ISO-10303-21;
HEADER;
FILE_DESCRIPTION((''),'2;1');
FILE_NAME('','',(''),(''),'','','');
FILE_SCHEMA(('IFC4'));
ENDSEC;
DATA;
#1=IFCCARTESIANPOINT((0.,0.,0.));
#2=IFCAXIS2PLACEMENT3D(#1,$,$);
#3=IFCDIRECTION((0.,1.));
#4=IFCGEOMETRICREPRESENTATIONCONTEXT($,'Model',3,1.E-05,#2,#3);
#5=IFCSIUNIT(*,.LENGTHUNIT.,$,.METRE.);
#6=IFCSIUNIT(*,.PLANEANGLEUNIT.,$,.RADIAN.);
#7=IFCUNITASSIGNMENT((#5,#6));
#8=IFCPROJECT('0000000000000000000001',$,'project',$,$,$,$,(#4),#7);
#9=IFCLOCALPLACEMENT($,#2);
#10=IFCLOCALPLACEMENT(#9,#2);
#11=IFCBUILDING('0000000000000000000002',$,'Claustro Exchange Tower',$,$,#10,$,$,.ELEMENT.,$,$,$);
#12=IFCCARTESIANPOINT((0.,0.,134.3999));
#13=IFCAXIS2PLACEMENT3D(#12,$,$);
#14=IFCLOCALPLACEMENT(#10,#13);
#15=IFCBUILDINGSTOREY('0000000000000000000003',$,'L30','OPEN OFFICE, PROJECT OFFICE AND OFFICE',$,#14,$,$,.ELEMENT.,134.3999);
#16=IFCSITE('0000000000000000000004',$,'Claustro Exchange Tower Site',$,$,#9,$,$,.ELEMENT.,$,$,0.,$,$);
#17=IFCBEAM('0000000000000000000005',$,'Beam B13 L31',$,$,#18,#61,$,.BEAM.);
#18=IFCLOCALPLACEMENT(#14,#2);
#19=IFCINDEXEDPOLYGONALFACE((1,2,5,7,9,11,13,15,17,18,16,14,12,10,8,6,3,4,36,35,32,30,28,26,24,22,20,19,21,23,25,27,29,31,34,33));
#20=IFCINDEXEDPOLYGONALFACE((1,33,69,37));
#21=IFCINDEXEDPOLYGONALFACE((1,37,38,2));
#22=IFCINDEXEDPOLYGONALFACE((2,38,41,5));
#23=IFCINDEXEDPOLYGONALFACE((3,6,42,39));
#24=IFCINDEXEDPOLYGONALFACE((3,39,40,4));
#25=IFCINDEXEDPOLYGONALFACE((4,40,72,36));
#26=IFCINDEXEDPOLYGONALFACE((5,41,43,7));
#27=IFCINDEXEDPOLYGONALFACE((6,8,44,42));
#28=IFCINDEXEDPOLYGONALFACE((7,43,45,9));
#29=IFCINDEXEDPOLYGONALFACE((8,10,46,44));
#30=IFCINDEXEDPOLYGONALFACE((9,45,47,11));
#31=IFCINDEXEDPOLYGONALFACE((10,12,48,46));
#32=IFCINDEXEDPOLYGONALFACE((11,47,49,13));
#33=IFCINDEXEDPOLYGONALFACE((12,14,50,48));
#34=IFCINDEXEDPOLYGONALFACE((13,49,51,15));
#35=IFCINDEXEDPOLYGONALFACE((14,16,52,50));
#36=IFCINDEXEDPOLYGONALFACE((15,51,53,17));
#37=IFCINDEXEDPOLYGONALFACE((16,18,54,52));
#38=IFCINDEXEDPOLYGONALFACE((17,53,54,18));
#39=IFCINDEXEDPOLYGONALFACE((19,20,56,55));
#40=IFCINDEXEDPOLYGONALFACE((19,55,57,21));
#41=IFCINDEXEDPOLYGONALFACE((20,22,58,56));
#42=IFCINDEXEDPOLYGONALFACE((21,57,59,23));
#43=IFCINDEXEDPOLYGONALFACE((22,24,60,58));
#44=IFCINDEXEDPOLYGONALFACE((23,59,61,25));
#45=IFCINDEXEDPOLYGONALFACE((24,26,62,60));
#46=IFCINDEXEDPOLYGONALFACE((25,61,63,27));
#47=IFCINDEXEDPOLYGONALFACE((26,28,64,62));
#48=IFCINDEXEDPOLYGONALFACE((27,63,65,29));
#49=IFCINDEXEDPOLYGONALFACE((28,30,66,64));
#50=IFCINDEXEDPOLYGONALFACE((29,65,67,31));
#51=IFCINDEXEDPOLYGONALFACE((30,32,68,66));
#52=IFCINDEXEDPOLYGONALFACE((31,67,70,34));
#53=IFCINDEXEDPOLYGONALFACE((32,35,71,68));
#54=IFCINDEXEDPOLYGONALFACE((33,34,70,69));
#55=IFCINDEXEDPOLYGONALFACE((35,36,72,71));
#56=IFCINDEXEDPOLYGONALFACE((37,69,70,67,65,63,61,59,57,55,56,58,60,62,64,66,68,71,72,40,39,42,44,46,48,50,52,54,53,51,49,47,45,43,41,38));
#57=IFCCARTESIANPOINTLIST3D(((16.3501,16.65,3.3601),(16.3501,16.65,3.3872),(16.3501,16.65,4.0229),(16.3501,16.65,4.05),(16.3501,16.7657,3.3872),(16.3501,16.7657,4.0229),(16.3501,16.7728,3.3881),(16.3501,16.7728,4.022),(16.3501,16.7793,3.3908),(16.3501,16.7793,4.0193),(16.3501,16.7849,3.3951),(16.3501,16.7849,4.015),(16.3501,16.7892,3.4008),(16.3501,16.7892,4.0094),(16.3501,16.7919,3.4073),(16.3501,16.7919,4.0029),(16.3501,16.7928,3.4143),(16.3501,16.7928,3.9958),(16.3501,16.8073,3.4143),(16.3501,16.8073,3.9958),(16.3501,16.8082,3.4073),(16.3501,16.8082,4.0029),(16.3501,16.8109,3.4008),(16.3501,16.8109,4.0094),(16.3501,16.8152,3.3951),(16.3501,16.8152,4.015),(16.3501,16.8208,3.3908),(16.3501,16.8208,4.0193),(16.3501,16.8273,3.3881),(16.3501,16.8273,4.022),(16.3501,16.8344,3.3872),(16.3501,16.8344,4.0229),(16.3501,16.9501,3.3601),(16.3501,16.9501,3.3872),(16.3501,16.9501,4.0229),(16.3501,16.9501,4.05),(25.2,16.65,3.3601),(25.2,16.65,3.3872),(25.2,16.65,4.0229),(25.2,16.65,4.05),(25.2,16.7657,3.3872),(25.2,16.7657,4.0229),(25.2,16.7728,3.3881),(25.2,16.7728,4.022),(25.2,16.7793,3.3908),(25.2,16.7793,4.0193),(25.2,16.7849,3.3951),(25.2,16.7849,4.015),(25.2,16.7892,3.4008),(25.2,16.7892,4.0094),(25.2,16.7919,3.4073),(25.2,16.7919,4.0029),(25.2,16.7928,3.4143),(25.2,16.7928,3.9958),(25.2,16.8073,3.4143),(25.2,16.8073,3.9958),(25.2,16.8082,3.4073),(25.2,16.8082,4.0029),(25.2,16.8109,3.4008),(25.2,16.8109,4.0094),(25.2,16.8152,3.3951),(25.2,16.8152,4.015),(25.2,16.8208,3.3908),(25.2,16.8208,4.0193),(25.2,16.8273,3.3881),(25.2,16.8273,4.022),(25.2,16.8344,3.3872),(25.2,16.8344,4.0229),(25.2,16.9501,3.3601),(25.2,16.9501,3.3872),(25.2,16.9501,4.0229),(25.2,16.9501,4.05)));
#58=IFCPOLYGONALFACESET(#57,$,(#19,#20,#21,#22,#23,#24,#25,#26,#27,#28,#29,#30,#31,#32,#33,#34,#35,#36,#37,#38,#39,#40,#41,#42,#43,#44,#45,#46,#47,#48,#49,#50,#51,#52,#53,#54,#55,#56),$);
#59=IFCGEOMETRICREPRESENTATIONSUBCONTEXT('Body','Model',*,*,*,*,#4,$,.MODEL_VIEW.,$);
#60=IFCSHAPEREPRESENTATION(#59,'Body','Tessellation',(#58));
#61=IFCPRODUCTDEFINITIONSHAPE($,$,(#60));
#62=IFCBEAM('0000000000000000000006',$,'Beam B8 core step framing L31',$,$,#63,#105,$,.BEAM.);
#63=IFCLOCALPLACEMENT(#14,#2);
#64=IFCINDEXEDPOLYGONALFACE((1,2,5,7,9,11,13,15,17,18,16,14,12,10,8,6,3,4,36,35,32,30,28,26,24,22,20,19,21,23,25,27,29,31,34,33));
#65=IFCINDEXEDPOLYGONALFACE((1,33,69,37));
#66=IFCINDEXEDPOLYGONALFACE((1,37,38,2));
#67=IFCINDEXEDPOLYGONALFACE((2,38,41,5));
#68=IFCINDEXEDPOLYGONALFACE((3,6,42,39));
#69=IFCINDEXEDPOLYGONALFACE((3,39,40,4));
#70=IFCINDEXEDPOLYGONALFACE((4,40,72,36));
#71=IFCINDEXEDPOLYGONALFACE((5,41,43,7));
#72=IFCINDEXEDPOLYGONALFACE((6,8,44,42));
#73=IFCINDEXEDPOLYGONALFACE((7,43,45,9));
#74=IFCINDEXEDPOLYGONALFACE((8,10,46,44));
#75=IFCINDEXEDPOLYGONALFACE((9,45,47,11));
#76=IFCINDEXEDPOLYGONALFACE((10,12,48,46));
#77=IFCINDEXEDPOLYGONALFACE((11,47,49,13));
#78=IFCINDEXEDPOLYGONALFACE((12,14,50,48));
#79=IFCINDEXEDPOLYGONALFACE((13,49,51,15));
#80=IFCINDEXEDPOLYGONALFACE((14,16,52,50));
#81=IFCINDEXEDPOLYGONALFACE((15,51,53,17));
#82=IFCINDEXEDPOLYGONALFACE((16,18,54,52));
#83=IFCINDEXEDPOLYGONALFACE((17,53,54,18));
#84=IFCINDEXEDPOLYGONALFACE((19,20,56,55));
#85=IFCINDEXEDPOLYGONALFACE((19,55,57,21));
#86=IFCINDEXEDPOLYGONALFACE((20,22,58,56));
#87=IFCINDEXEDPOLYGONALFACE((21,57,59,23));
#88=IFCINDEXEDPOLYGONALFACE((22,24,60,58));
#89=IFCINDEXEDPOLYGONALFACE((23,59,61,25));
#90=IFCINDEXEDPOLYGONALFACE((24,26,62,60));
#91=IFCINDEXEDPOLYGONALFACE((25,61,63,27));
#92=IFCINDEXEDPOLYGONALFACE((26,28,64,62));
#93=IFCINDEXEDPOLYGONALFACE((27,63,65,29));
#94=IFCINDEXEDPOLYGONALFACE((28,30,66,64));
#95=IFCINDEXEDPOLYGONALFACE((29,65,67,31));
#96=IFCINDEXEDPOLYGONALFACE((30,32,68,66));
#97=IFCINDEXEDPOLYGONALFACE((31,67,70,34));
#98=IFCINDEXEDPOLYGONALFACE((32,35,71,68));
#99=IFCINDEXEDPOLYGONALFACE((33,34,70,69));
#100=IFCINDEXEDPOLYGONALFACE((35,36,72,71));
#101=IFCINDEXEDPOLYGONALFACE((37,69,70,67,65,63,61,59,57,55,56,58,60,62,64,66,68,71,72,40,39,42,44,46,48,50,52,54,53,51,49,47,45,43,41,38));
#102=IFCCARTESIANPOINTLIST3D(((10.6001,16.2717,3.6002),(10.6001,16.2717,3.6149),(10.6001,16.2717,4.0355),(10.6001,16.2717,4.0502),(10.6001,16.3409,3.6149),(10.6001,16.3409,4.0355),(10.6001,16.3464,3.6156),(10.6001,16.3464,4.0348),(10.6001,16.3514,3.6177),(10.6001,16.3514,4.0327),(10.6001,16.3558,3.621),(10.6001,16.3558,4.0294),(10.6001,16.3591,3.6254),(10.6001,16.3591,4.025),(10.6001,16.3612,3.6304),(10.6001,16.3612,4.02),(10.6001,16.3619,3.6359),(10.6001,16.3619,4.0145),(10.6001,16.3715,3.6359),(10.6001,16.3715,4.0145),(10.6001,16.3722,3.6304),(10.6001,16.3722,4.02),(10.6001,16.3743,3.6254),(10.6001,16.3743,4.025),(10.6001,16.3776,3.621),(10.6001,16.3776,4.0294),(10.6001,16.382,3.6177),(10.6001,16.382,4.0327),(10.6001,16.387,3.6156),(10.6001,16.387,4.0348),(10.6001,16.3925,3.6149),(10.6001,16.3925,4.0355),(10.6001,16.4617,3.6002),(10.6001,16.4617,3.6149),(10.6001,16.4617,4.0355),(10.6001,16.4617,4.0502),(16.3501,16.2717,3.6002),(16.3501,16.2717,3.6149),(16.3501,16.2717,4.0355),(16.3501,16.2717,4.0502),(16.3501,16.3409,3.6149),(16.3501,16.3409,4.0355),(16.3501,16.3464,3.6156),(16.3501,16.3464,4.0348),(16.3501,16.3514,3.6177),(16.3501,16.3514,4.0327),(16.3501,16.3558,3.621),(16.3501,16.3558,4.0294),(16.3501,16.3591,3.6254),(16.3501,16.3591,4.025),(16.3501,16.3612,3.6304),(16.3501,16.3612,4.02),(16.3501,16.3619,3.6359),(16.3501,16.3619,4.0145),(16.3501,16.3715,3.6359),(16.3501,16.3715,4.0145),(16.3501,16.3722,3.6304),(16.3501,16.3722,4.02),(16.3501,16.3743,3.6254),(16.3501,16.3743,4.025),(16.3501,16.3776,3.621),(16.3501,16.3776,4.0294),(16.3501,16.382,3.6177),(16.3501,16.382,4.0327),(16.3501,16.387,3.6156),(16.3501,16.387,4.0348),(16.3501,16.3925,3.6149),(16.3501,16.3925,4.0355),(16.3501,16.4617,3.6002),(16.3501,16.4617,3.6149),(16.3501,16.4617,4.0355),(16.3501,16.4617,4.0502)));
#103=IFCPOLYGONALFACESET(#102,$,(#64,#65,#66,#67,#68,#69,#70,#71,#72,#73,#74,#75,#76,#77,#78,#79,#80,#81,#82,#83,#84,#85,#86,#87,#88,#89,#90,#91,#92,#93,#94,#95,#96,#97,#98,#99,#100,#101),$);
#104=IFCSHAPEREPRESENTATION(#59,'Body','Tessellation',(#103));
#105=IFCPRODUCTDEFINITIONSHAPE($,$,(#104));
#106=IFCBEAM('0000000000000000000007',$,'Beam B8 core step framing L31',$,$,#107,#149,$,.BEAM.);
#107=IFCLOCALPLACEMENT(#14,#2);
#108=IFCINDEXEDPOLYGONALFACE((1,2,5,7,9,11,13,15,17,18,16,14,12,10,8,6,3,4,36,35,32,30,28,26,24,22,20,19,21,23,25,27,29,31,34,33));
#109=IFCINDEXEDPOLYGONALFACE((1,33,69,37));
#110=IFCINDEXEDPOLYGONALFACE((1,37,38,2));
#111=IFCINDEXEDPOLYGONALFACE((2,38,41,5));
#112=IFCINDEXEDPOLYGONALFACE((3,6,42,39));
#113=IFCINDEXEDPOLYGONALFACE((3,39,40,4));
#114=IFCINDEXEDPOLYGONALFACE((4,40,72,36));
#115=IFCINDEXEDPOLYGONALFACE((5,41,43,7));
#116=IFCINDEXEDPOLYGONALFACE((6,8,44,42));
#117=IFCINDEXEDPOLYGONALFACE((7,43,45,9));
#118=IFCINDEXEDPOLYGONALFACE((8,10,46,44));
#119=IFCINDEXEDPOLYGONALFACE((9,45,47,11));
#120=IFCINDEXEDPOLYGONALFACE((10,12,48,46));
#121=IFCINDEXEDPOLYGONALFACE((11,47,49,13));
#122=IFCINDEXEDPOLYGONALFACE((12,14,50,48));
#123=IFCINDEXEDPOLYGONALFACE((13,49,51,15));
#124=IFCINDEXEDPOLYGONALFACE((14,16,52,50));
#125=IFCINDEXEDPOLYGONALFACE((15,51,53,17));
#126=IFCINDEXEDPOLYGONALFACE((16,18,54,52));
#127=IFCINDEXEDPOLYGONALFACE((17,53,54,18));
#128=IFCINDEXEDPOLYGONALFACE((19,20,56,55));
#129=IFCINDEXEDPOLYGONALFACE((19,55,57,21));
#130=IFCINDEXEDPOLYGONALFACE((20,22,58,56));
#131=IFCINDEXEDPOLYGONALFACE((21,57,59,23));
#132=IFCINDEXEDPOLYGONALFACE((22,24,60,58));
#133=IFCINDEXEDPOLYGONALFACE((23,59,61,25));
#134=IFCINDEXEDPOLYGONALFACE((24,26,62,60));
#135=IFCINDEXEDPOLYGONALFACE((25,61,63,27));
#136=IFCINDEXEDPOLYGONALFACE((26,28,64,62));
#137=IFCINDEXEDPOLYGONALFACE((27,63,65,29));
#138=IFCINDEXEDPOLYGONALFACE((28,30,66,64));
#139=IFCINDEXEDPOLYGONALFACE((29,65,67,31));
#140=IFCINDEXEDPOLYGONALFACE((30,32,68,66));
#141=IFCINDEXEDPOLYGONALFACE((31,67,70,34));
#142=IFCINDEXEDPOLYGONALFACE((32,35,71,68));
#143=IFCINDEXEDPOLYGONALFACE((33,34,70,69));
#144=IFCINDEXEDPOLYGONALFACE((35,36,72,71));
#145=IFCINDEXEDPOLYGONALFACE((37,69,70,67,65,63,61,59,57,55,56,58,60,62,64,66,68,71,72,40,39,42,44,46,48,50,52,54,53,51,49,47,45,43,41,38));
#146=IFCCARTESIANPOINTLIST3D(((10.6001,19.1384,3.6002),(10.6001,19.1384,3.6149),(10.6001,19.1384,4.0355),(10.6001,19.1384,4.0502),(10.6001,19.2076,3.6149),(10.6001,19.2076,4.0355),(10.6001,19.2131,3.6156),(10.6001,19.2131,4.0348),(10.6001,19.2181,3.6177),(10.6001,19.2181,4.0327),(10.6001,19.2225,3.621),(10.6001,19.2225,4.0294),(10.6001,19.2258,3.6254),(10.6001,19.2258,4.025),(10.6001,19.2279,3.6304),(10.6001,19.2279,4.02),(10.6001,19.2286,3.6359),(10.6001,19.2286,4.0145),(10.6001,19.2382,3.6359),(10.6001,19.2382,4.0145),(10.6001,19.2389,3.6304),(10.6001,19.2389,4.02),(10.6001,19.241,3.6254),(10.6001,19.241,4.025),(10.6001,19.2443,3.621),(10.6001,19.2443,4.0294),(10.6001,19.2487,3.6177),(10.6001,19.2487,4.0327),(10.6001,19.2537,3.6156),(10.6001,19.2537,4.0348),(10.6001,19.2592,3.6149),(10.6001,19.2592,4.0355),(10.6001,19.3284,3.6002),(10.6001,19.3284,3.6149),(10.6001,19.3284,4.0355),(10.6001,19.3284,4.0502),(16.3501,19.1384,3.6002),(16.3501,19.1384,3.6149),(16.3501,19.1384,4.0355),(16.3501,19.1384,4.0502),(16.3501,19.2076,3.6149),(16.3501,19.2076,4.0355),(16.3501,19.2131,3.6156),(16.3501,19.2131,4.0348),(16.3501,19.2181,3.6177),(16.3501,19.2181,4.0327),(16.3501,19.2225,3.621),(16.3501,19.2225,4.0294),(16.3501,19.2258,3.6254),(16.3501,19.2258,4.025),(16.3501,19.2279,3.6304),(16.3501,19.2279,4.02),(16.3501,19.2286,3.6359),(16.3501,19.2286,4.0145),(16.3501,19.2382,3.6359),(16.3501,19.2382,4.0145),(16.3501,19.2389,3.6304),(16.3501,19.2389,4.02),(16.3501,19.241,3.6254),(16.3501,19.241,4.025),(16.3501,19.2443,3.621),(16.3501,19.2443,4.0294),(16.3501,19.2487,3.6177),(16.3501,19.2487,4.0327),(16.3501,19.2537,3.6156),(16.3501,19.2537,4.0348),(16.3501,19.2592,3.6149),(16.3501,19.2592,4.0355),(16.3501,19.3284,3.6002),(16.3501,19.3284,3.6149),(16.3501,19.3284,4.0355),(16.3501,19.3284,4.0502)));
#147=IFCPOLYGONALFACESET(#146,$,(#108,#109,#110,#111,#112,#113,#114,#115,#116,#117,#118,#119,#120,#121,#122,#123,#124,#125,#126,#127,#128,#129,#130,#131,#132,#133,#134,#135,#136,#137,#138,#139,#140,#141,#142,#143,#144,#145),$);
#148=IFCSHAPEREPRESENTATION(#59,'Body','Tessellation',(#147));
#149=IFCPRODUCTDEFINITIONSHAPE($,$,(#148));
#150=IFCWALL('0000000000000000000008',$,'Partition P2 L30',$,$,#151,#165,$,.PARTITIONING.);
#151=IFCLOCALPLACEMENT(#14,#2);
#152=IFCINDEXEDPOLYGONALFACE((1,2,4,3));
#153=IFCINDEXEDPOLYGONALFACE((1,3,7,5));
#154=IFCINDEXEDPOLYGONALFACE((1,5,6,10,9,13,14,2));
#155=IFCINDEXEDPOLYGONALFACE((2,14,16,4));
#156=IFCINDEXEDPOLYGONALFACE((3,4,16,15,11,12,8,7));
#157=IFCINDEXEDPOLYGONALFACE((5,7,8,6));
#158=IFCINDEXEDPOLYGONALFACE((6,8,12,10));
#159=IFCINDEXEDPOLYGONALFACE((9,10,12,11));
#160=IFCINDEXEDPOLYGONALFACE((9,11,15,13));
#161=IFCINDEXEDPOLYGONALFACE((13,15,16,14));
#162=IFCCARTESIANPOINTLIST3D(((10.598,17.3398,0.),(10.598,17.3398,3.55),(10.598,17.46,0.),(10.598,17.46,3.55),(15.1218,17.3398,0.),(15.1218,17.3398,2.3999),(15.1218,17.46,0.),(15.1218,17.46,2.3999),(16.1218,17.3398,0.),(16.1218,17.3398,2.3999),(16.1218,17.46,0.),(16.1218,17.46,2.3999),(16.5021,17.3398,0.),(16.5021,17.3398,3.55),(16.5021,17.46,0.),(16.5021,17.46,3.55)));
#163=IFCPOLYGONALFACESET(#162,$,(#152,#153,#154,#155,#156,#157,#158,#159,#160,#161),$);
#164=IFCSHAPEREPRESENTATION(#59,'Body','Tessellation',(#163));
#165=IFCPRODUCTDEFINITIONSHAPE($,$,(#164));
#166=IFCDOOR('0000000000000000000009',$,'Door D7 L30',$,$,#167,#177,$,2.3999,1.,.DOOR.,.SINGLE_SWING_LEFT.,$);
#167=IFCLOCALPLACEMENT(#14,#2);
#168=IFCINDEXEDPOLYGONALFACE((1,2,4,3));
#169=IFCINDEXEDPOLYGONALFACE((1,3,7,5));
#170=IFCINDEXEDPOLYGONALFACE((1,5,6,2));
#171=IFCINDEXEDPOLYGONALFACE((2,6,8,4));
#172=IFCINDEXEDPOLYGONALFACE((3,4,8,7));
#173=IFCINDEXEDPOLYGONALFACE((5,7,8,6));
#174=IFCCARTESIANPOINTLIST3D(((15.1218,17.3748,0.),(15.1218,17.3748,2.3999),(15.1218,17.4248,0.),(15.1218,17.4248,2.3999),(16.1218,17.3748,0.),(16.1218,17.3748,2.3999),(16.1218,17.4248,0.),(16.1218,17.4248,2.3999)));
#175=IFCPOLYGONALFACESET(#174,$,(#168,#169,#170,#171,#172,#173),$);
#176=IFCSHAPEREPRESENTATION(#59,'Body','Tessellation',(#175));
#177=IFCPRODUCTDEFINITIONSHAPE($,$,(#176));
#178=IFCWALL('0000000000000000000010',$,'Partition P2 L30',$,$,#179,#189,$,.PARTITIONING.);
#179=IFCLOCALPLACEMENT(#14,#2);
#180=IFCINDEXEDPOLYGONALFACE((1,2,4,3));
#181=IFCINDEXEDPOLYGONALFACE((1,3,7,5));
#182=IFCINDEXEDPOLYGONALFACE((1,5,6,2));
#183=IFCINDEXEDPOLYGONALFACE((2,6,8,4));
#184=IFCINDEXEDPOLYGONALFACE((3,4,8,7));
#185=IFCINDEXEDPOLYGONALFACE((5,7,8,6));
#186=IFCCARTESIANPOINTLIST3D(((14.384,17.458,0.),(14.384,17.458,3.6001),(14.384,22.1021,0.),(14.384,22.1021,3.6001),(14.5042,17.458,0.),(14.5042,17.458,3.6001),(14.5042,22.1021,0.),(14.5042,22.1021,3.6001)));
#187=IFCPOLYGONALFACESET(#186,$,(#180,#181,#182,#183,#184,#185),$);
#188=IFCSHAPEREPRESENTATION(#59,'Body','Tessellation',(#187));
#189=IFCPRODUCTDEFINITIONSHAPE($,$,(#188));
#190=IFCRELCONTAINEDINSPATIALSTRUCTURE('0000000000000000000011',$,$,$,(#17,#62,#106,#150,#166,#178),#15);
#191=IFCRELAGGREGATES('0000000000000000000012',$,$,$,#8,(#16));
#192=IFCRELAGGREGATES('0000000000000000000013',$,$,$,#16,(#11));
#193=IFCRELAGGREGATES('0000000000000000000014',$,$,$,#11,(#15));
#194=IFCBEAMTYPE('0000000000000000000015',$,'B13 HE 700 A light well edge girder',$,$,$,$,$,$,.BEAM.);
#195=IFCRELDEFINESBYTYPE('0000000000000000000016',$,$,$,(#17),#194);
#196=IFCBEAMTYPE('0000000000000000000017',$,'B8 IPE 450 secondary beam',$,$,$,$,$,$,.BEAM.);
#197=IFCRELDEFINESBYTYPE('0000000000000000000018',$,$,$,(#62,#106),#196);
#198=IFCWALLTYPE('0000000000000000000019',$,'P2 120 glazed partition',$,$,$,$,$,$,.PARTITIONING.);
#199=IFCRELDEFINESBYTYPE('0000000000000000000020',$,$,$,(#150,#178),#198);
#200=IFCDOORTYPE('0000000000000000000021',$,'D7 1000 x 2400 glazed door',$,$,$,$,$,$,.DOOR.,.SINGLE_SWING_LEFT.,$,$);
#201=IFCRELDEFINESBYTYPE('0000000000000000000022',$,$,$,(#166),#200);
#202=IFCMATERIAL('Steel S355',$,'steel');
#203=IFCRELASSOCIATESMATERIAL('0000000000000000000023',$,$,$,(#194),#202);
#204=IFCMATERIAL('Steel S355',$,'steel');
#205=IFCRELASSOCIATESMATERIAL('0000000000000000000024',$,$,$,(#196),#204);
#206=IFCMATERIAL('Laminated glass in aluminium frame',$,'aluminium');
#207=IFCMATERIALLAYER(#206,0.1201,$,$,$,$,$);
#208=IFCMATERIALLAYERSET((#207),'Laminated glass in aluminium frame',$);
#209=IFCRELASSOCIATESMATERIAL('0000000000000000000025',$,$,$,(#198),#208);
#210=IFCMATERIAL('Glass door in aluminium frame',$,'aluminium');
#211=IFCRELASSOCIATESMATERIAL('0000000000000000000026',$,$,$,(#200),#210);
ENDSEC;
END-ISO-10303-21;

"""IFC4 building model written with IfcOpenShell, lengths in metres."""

from ifc_helpers import new_model, si_unit, direction, frame, frame_2d, origin, origin_2d, place, context, subcontext, project, spatial, rectangle, i_section, extrude, material, layer, layer_set, material_profile, profile_set, type_object, element, fill, save


model = new_model("IFC4")

# Units and contexts
model_context = context("Model", 3, precision=1e-05, world=origin(), true_north=direction((0.0, 1.0)))
body_context = subcontext(model_context, "Body", "Model", "MODEL_VIEW")
ifc_project = project(units=[si_unit("LENGTHUNIT", "METRE"), si_unit("PLANEANGLEUNIT", "RADIAN")], contexts=[model_context])

# Site, building, storey
site_placement = place(None, origin())
site = spatial("IfcSite", under=ifc_project, at=site_placement, Name="Claustro Exchange Tower Site", CompositionType="ELEMENT", RefElevation=0.0)
building_placement = place(site_placement, origin())
building = spatial("IfcBuilding", under=site, at=building_placement, Name="Claustro Exchange Tower", CompositionType="ELEMENT")
storey_placement = place(building_placement, frame((0.0, 0.0, 134.3999)))
storey = spatial("IfcBuildingStorey", under=building, at=storey_placement, Name="L30", Description="OPEN OFFICE, PROJECT OFFICE AND OFFICE", CompositionType="ELEMENT", Elevation=134.3999)

# Beams
ifc_material_1 = material(Name="Steel S355", Category="steel")
ifc_material_profile_1 = material_profile(ifc_material_1, i_section(OverallWidth=0.3, OverallDepth=0.6899, WebThickness=0.0144, FlangeThickness=0.0271, FilletRadius=0.0271, at=origin_2d()), Name="HE 700 A")
ifc_profile_set_1 = profile_set([ifc_material_profile_1], Name="Steel S355")
beam_type_1 = type_object("IfcBeamType", Name="B13 HE 700 A light well edge girder", PredefinedType="BEAM", material=ifc_profile_set_1)
beam_placement = place(storey_placement, frame((16.3501, 16.8, 3.7051), z_axis=(1.0, 0.0, 0.0), x_axis=(0.0, 1.0, 0.0)))
element("IfcBeam", 1, at=beam_placement, inside=storey, type_object=beam_type_1, Name="Beam B13 L31", PredefinedType="BEAM", context=body_context, shape_type="SweptSolid", body=[
    extrude(i_section(OverallWidth=0.3, OverallDepth=0.6899, WebThickness=0.0144, FlangeThickness=0.0271, FilletRadius=0.0271, at=origin_2d()), origin(), (0.0, 0.0, 1.0), 8.8499),
])
ifc_material_2 = material(Name="Steel S355", Category="steel")
ifc_material_profile_2 = material_profile(ifc_material_2, i_section(OverallWidth=0.1899, OverallDepth=0.45, WebThickness=0.0095, FlangeThickness=0.0146, FilletRadius=0.021, at=origin_2d()), Name="IPE 450")
ifc_profile_set_2 = profile_set([ifc_material_profile_2], Name="Steel S355")
beam_type_2 = type_object("IfcBeamType", Name="B8 IPE 450 secondary beam", PredefinedType="BEAM", material=ifc_profile_set_2)
for number, where, z_axis, x_axis, name in (
    (2, (10.6001, 16.3667, 3.8252), (1.0, 0.0, 0.0), (0.0, 1.0, 0.0), "Beam B8 core step framing L31"),
    (3, (10.6001, 19.2334, 3.8252), (1.0, 0.0, 0.0), (0.0, 1.0, 0.0), "Beam B8 core step framing L31"),
):
    element("IfcBeam", number, at=place(storey_placement, frame(where, z_axis=z_axis, x_axis=x_axis)), inside=storey, type_object=beam_type_2, Name=name, PredefinedType="BEAM", context=body_context, shape_type="SweptSolid", body=[
        extrude(i_section(OverallWidth=0.1899, OverallDepth=0.45, WebThickness=0.0095, FlangeThickness=0.0146, FilletRadius=0.021, at=origin_2d()), origin(), (0.0, 0.0, 1.0), 5.75),
    ])

# Wall, opening, door
ifc_material_3 = material(Name="Laminated glass in aluminium frame", Category="aluminium")
ifc_layer_1 = layer(ifc_material_3, 0.1201)
ifc_layer_set_1 = layer_set([ifc_layer_1], Name="Laminated glass in aluminium frame")
wall_type_1 = type_object("IfcWallType", Name="P2 120 glazed partition", PredefinedType="PARTITIONING", material=ifc_layer_set_1)
wall_1_placement = place(storey_placement, frame((10.5979, 17.3999, 0.0), z_axis=(0.0, 0.0, 1.0), x_axis=(1.0, 0.0, 0.0)))
wall_1 = element("IfcWall", 4, at=wall_1_placement, inside=storey, type_object=wall_type_1, Name="Partition P2 L30", PredefinedType="PARTITIONING", context=body_context, shape_type="SweptSolid", body=[
    extrude(rectangle(XDim=5.9041, YDim=0.1201, at=frame_2d((2.9521, 0.0))), origin(), (0.0, 0.0, 1.0), 3.55),
])
opening_1_placement = place(wall_1_placement, frame((4.5239, 0.0, 0.0)))
opening_1 = element("IfcOpeningElement", 5, at=opening_1_placement, cuts=wall_1, PredefinedType="OPENING", context=body_context, shape_type="SweptSolid", body=[
    extrude(rectangle(XDim=1.0, YDim=2.3999, at=frame_2d((0.5, 1.2))), frame((0.0, 0.0701, 0.0), z_axis=(0.0, -1.0, 0.0), x_axis=(1.0, 0.0, 0.0)), (0.0, 0.0, 1.0), 0.1401),
])
ifc_material_4 = material(Name="Glass door in aluminium frame", Category="aluminium")
door_type = type_object("IfcDoorType", Name="D7 1000 x 2400 glazed door", OperationType="SINGLE_SWING_LEFT", PredefinedType="DOOR", material=ifc_material_4)
door_placement = place(opening_1_placement, origin())
door = element("IfcDoor", 6, at=door_placement, inside=storey, type_object=door_type, Name="Door D7 L30", OperationType="SINGLE_SWING_LEFT", OverallHeight=2.3999, OverallWidth=1.0, PredefinedType="DOOR", context=body_context, shape_type="SweptSolid", body=[
    extrude(rectangle(XDim=1.0, YDim=2.3999, at=frame_2d((0.5, 1.2))), frame((0.0, 0.0249, 0.0), z_axis=(0.0, -1.0, 0.0), x_axis=(1.0, 0.0, 0.0)), (0.0, 0.0, 1.0), 0.05),
])
fill(opening_1, door)

# Wall
wall_2_placement = place(storey_placement, frame((14.4441, 17.458, 0.0), z_axis=(0.0, 0.0, 1.0), x_axis=(0.0, 1.0, 0.0)))
element("IfcWall", 7, at=wall_2_placement, inside=storey, type_object=wall_type_1, Name="Partition P2 L30", PredefinedType="PARTITIONING", context=body_context, shape_type="SweptSolid", body=[
    extrude(rectangle(XDim=4.644, YDim=0.1201, at=frame_2d((2.322, 0.0))), origin(), (0.0, 0.0, 1.0), 3.6001),
])

save(model, "model.ifc")
